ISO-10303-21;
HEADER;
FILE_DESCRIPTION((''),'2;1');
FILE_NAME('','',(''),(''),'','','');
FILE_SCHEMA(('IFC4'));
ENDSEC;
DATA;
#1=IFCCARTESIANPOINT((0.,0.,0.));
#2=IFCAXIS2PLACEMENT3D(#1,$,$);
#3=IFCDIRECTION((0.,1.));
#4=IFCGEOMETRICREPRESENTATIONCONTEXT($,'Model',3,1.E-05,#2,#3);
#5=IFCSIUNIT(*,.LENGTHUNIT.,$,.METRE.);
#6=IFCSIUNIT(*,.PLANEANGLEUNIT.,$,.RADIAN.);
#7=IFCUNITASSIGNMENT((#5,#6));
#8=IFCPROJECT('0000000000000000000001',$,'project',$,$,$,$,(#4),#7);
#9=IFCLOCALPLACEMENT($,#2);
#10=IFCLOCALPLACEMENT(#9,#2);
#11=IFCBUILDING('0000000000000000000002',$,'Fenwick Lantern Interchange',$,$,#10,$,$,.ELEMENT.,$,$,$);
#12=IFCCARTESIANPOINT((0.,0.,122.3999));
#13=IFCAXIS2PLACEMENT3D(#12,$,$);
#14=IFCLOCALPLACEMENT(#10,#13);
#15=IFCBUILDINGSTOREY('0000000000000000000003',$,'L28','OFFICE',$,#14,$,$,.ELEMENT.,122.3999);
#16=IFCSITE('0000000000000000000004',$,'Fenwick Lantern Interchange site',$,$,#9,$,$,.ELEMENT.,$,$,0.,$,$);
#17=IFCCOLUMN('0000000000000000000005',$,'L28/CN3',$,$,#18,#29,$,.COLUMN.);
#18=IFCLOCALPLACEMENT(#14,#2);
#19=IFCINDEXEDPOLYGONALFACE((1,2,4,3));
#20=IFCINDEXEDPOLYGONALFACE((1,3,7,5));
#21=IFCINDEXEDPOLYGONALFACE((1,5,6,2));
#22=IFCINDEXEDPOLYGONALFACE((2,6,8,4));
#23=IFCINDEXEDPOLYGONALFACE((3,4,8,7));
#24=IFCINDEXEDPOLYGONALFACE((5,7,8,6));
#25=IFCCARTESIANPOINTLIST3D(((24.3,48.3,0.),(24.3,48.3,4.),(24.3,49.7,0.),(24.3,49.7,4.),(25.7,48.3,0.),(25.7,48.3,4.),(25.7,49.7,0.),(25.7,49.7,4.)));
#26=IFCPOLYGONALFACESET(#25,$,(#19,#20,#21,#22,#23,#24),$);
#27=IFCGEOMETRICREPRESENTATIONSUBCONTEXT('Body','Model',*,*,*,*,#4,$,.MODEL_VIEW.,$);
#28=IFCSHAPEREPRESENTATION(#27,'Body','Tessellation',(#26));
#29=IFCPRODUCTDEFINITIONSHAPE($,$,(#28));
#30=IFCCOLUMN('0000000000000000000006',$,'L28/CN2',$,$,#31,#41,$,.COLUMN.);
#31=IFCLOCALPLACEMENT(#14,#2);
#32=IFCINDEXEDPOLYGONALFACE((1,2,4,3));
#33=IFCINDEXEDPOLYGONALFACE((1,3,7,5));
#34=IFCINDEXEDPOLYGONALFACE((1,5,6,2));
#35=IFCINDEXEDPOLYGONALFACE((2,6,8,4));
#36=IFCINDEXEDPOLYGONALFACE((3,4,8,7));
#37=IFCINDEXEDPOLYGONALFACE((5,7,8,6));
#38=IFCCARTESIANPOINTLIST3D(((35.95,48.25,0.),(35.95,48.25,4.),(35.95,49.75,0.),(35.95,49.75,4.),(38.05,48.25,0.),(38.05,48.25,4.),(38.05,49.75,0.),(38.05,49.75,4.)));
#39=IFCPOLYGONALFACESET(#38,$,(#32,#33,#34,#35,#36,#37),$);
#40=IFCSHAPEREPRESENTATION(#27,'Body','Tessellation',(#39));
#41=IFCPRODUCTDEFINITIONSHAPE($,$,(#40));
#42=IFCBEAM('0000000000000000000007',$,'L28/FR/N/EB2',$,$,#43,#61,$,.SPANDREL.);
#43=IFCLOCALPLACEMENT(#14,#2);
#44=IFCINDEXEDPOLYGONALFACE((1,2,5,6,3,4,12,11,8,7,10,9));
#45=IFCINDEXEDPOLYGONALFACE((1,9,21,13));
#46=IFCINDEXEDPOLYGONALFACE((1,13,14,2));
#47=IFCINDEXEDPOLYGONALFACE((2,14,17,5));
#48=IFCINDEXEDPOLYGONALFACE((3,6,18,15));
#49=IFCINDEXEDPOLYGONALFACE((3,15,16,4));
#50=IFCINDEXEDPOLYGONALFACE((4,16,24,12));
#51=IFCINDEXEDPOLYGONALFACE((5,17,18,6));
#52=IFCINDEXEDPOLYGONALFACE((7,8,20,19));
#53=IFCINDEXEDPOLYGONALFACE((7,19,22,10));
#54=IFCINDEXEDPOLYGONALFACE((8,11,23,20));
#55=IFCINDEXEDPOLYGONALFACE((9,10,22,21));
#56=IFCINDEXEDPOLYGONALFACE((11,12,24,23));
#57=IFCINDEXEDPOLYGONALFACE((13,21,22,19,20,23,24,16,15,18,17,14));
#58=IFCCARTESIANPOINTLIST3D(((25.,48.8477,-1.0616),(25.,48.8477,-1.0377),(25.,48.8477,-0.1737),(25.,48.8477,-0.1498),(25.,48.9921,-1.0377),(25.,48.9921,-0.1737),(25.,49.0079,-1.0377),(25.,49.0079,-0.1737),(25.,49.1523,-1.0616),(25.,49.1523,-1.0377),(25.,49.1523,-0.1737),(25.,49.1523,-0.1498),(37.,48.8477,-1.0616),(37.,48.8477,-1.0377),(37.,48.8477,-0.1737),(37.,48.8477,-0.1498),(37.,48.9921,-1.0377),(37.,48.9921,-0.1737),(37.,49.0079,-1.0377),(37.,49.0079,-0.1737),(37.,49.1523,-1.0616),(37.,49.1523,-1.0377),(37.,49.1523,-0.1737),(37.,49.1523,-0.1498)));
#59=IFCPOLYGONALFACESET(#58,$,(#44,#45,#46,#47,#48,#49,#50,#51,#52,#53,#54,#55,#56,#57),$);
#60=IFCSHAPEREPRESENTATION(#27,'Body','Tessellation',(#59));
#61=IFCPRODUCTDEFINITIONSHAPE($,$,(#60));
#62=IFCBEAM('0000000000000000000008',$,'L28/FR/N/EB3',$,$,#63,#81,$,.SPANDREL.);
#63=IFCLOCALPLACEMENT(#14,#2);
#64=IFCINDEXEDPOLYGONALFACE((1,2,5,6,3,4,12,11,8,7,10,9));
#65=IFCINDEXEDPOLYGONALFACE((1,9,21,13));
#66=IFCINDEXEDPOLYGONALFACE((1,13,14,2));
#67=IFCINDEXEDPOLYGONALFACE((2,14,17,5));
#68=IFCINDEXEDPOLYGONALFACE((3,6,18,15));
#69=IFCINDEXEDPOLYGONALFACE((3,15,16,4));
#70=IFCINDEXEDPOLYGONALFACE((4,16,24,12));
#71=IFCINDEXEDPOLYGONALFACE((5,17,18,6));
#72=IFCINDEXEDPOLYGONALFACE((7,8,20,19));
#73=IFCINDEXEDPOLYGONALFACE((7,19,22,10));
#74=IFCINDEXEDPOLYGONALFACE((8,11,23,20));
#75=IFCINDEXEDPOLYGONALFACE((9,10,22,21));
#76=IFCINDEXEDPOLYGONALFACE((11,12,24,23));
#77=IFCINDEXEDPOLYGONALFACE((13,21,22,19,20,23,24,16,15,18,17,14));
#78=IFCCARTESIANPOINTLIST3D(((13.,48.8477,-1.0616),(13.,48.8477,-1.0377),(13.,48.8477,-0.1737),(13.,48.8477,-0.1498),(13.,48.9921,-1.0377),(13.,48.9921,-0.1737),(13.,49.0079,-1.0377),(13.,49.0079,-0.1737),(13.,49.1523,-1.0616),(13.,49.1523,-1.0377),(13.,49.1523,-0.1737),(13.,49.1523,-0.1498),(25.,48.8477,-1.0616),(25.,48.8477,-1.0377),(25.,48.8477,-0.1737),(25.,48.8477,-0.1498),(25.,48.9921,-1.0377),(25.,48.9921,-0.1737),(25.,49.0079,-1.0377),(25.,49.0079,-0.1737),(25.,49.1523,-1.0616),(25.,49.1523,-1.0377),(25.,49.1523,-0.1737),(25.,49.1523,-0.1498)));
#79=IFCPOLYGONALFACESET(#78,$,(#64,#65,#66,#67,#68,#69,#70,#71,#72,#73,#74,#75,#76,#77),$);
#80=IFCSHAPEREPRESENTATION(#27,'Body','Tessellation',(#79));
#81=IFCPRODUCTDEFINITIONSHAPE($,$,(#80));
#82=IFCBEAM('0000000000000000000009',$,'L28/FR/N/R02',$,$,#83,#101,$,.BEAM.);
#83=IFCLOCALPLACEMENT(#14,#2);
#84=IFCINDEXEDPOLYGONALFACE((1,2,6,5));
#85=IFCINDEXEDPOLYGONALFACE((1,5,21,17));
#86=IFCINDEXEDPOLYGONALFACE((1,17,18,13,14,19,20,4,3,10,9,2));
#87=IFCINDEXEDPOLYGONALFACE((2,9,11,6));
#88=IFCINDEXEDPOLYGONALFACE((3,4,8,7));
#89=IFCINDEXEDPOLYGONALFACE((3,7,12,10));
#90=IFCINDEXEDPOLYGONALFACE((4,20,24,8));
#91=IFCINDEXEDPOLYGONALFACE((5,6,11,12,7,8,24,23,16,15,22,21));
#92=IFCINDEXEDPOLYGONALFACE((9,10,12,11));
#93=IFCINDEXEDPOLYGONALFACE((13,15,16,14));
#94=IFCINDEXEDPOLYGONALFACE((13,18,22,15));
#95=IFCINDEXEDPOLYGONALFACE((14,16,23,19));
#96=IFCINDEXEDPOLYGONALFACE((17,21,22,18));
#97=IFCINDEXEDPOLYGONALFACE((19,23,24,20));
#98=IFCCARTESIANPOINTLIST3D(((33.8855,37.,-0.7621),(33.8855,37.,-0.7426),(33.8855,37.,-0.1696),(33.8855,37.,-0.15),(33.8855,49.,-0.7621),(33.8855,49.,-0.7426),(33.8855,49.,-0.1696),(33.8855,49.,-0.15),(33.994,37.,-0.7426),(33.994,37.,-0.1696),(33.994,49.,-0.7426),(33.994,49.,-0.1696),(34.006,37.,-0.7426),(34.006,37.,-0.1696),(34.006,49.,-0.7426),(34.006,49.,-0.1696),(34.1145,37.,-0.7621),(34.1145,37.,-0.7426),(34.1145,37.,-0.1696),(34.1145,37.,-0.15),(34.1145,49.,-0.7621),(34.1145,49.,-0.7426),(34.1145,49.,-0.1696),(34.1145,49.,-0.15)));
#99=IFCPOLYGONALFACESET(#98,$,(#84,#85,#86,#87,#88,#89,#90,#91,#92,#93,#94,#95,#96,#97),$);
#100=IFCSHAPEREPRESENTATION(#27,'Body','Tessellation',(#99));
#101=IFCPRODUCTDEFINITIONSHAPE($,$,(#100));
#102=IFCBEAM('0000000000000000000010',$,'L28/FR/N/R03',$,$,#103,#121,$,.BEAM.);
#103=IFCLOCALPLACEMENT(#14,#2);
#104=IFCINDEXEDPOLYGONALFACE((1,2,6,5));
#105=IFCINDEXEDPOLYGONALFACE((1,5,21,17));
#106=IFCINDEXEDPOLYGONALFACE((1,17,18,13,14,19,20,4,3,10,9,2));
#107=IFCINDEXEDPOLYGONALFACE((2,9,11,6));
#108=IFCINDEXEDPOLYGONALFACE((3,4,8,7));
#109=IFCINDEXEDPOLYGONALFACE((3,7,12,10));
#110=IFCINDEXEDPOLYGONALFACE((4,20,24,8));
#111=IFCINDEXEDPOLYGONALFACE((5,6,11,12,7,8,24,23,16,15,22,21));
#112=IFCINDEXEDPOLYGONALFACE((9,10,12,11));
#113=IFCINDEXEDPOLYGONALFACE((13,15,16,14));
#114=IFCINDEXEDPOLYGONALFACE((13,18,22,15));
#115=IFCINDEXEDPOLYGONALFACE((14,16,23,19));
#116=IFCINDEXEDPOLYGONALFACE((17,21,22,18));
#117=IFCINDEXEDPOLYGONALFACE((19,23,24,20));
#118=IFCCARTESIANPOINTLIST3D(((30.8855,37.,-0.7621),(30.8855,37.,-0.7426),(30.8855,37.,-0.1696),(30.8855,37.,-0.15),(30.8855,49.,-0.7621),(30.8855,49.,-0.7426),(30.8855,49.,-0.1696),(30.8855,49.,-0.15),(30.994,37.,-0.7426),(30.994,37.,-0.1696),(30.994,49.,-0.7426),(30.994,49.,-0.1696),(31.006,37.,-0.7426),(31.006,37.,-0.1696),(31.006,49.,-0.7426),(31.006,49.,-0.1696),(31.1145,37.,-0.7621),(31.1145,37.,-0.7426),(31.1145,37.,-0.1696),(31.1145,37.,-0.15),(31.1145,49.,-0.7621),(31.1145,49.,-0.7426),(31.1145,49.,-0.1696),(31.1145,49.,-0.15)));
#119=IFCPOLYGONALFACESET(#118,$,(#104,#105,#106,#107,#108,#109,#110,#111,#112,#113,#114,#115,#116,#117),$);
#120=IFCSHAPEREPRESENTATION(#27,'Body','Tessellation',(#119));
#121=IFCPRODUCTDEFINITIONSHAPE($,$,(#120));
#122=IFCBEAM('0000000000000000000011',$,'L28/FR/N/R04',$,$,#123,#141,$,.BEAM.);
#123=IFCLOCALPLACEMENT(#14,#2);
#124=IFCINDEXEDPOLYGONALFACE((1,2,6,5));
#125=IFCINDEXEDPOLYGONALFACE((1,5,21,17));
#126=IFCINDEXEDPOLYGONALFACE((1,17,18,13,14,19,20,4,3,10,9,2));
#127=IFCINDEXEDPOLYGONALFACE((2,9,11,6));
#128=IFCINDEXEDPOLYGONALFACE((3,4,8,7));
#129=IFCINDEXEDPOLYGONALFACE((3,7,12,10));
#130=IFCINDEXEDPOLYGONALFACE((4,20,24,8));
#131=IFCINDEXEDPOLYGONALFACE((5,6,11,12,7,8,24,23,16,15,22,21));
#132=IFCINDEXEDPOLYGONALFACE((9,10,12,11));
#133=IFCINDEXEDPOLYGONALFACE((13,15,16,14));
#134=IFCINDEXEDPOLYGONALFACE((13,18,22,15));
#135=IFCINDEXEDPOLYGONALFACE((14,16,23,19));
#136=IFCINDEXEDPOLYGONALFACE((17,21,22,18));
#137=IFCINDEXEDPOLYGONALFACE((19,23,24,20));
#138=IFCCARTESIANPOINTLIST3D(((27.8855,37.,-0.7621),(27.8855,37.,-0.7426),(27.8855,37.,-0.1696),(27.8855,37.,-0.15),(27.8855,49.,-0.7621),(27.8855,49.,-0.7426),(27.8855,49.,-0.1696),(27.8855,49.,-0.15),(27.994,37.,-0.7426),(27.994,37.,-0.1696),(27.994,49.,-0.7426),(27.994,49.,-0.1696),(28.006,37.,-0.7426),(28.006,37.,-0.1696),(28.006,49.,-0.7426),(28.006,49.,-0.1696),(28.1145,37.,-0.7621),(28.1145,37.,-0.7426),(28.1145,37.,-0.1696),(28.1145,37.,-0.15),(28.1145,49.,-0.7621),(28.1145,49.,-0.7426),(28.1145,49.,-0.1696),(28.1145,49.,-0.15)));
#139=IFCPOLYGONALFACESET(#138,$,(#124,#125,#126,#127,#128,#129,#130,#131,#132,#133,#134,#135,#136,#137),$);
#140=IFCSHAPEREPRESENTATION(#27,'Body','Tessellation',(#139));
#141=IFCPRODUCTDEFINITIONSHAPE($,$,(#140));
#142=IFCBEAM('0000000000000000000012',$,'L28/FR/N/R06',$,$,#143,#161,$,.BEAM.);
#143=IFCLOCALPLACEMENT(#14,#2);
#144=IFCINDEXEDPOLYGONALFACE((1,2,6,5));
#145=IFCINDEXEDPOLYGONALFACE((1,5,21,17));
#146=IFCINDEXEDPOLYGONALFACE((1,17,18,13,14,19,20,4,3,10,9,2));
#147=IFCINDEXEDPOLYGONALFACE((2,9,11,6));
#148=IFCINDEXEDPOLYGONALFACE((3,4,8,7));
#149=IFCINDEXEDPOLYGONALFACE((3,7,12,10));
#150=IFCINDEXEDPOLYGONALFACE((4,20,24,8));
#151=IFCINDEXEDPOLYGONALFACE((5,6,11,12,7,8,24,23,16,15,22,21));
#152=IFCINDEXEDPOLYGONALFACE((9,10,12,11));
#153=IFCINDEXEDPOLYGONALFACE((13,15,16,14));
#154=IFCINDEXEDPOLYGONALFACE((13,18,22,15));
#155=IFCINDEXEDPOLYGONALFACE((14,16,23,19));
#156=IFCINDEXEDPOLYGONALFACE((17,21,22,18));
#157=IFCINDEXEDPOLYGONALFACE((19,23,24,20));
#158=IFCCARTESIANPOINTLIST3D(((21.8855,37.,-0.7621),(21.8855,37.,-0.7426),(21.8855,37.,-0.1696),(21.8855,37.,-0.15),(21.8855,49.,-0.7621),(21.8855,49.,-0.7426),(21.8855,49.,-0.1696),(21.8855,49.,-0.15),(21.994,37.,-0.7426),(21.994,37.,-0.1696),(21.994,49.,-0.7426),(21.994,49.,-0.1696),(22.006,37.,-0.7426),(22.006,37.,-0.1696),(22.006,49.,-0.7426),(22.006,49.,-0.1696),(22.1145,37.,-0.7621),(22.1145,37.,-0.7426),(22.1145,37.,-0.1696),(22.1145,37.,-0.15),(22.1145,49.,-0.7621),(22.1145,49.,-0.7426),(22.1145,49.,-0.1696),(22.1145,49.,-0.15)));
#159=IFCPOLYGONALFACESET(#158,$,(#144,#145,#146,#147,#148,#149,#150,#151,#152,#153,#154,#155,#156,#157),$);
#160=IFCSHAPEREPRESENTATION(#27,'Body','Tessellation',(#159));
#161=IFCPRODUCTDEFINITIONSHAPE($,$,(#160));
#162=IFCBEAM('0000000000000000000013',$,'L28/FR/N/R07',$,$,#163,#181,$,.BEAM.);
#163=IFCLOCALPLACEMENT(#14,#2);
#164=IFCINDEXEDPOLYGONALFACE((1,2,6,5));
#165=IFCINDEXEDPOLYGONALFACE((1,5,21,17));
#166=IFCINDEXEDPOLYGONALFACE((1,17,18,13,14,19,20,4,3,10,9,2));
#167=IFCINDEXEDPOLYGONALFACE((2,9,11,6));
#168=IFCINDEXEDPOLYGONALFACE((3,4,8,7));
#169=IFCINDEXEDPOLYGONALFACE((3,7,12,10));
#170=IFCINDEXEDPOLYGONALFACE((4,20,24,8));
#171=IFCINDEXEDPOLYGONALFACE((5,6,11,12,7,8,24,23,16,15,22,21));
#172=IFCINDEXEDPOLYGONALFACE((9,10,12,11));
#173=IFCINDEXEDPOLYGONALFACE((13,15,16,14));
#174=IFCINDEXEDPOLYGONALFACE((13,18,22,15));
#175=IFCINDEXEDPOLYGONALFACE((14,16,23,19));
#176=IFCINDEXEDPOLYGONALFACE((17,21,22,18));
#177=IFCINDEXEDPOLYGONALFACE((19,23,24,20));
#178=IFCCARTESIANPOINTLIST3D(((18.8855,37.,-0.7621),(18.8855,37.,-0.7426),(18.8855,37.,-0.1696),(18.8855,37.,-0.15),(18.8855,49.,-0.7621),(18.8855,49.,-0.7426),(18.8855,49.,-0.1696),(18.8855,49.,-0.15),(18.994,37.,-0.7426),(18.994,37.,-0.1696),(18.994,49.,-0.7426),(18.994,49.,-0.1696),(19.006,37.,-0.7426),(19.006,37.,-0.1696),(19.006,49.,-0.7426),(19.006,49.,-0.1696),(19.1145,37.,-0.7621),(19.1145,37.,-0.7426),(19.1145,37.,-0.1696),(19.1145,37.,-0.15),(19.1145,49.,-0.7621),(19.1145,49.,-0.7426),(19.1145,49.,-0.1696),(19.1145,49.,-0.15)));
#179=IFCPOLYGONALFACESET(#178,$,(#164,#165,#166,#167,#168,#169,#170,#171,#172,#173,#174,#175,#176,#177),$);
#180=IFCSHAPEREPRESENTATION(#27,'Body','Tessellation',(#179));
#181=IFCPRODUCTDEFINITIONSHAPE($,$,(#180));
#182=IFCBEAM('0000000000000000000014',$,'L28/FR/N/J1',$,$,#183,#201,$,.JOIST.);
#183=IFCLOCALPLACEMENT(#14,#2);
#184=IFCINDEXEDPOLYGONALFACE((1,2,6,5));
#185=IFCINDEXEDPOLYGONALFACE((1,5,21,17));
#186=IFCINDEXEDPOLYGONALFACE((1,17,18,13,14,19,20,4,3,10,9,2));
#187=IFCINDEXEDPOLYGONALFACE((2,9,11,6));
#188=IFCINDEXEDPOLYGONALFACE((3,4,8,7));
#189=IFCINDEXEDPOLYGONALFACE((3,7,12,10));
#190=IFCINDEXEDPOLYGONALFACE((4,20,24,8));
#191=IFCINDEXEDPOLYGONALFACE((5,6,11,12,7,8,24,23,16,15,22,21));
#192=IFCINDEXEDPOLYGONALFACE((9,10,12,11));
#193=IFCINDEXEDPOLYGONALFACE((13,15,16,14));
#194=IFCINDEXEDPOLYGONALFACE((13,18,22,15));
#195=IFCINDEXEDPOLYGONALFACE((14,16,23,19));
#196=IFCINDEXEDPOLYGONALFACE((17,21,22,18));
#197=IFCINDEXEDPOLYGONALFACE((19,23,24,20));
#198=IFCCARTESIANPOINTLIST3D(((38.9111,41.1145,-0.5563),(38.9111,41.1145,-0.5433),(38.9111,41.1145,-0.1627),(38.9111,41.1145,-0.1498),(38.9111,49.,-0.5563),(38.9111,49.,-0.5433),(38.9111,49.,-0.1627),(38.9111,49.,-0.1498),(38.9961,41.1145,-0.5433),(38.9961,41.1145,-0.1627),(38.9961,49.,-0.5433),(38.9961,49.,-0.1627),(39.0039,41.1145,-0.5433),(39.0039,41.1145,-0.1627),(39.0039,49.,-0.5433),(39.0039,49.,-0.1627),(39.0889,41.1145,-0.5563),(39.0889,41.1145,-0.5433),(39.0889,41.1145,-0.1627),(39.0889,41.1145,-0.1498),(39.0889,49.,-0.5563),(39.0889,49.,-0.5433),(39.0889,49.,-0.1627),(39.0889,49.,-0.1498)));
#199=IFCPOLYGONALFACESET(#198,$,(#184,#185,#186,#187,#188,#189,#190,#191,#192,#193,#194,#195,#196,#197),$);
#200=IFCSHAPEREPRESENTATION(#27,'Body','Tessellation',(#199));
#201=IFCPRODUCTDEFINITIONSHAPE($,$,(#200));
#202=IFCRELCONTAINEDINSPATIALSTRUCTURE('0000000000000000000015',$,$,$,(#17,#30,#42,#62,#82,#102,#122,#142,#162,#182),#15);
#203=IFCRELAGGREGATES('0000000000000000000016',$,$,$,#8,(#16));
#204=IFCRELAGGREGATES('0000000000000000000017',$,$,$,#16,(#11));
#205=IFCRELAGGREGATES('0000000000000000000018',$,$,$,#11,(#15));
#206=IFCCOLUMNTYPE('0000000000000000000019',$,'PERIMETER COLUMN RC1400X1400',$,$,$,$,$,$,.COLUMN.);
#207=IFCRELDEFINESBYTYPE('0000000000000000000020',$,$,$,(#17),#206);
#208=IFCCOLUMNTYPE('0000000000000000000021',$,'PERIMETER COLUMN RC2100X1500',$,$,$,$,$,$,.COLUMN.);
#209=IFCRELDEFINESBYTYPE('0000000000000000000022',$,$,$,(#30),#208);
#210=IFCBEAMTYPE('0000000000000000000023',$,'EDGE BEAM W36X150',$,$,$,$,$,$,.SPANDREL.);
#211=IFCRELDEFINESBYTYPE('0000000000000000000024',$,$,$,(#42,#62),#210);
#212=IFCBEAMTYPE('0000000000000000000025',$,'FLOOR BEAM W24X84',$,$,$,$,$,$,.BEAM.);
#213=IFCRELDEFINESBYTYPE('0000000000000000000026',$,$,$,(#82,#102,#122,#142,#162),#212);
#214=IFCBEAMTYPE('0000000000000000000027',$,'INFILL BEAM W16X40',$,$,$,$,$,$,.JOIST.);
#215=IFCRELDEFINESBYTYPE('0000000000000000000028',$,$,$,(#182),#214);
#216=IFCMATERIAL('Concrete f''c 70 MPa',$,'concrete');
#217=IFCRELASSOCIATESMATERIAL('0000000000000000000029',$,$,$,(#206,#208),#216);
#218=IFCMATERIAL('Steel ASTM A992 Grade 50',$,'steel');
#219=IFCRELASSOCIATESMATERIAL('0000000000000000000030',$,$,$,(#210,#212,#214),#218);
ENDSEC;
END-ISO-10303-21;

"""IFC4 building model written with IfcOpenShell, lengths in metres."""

from ifc_helpers import new_model, si_unit, direction, frame, origin, origin_2d, place, context, subcontext, project, spatial, rectangle, i_section, extrude, material, material_profile, profile_set, type_object, element, save


model = new_model("IFC4")

# Units and contexts
model_context = context("Model", 3, precision=1e-05, world=origin(), true_north=direction((0.0, 1.0)))
body_context = subcontext(model_context, "Body", "Model", "MODEL_VIEW")
ifc_project = project(units=[si_unit("LENGTHUNIT", "METRE"), si_unit("PLANEANGLEUNIT", "RADIAN")], contexts=[model_context])

# Site, building, storey
site_placement = place(None, origin())
site = spatial("IfcSite", under=ifc_project, at=site_placement, Name="Fenwick Lantern Interchange site", CompositionType="ELEMENT", RefElevation=0.0)
building_placement = place(site_placement, origin())
building = spatial("IfcBuilding", under=site, at=building_placement, Name="Fenwick Lantern Interchange", CompositionType="ELEMENT")
storey_placement = place(building_placement, frame((0.0, 0.0, 122.3999)))
storey = spatial("IfcBuildingStorey", under=building, at=storey_placement, Name="L28", Description="OFFICE", CompositionType="ELEMENT", Elevation=122.3999)

# Columns
ifc_material_1 = material(Name="Concrete f'c 70 MPa", Category="concrete")
ifc_material_profile_1 = material_profile(ifc_material_1, rectangle(XDim=1.3999, YDim=1.3999, at=origin_2d()), Name="RC1400X1400")
ifc_profile_set_1 = profile_set([ifc_material_profile_1], Name="Concrete f'c 70 MPa")
column_type_1 = type_object("IfcColumnType", Name="PERIMETER COLUMN RC1400X1400", PredefinedType="COLUMN", material=ifc_profile_set_1)
column_1_placement = place(storey_placement, frame((25.0, 49.0, 0.0), z_axis=(0.0, 0.0, 1.0), x_axis=(1.0, 0.0, 0.0)))
element("IfcColumn", 1, at=column_1_placement, inside=storey, type_object=column_type_1, Name="L28/CN3", PredefinedType="COLUMN", context=body_context, shape_type="SweptSolid", body=[
    extrude(rectangle(XDim=1.3999, YDim=1.3999, at=origin_2d()), origin(), (0.0, 0.0, 1.0), 4.0),
])
ifc_material_profile_2 = material_profile(ifc_material_1, rectangle(XDim=2.1001, YDim=1.5, at=origin_2d()), Name="RC2100X1500")
ifc_profile_set_2 = profile_set([ifc_material_profile_2], Name="Concrete f'c 70 MPa")
column_type_2 = type_object("IfcColumnType", Name="PERIMETER COLUMN RC2100X1500", PredefinedType="COLUMN", material=ifc_profile_set_2)
column_2_placement = place(storey_placement, frame((37.0, 49.0, 0.0), z_axis=(0.0, 0.0, 1.0), x_axis=(1.0, 0.0, 0.0)))
element("IfcColumn", 2, at=column_2_placement, inside=storey, type_object=column_type_2, Name="L28/CN2", PredefinedType="COLUMN", context=body_context, shape_type="SweptSolid", body=[
    extrude(rectangle(XDim=2.1001, YDim=1.5, at=origin_2d()), origin(), (0.0, 0.0, 1.0), 4.0),
])

# Beams
ifc_material_2 = material(Name="Steel ASTM A992 Grade 50", Category="steel")
ifc_material_profile_3 = material_profile(ifc_material_2, i_section(OverallWidth=0.3047, OverallDepth=0.9119, WebThickness=0.0159, FlangeThickness=0.0239, at=origin_2d()), Name="W36X150")
ifc_profile_set_3 = profile_set([ifc_material_profile_3], Name="Steel ASTM A992 Grade 50")
beam_type_1 = type_object("IfcBeamType", Name="EDGE BEAM W36X150", PredefinedType="SPANDREL", material=ifc_profile_set_3)
for number, where, z_axis, x_axis, name in (
    (3, (37.0, 49.0, -0.6057), (-1.0, 0.0, 0.0), (0.0, -1.0, 0.0), "L28/FR/N/EB2"),
    (4, (25.0, 49.0, -0.6057), (-1.0, 0.0, 0.0), (0.0, -1.0, 0.0), "L28/FR/N/EB3"),
):
    element("IfcBeam", number, at=place(storey_placement, frame(where, z_axis=z_axis, x_axis=x_axis)), inside=storey, type_object=beam_type_1, Name=name, PredefinedType="SPANDREL", context=body_context, shape_type="SweptSolid", body=[
        extrude(i_section(OverallWidth=0.3047, OverallDepth=0.9119, WebThickness=0.0159, FlangeThickness=0.0239, at=origin_2d()), origin(), (0.0, 0.0, 1.0), 12.0),
    ])
ifc_material_profile_4 = material_profile(ifc_material_2, i_section(OverallWidth=0.229, OverallDepth=0.6121, WebThickness=0.012, FlangeThickness=0.0195, at=origin_2d()), Name="W24X84")
ifc_profile_set_4 = profile_set([ifc_material_profile_4], Name="Steel ASTM A992 Grade 50")
beam_type_2 = type_object("IfcBeamType", Name="FLOOR BEAM W24X84", PredefinedType="BEAM", material=ifc_profile_set_4)
for number, where, z_axis, x_axis, name in (
    (5, (34.0, 49.0, -0.4561), (0.0, -1.0, 0.0), (1.0, 0.0, 0.0), "L28/FR/N/R02"),
    (6, (31.0, 49.0, -0.4561), (0.0, -1.0, 0.0), (1.0, 0.0, 0.0), "L28/FR/N/R03"),
    (7, (28.0, 49.0, -0.4561), (0.0, -1.0, 0.0), (1.0, 0.0, 0.0), "L28/FR/N/R04"),
    (8, (22.0, 49.0, -0.4561), (0.0, -1.0, 0.0), (1.0, 0.0, 0.0), "L28/FR/N/R06"),
    (9, (19.0, 49.0, -0.4561), (0.0, -1.0, 0.0), (1.0, 0.0, 0.0), "L28/FR/N/R07"),
):
    element("IfcBeam", number, at=place(storey_placement, frame(where, z_axis=z_axis, x_axis=x_axis)), inside=storey, type_object=beam_type_2, Name=name, PredefinedType="BEAM", context=body_context, shape_type="SweptSolid", body=[
        extrude(i_section(OverallWidth=0.229, OverallDepth=0.6121, WebThickness=0.012, FlangeThickness=0.0195, at=origin_2d()), origin(), (0.0, 0.0, 1.0), 12.0),
    ])
ifc_material_profile_5 = material_profile(ifc_material_2, i_section(OverallWidth=0.1777, OverallDepth=0.4065, WebThickness=0.0078, FlangeThickness=0.0129, at=origin_2d()), Name="W16X40")
ifc_profile_set_5 = profile_set([ifc_material_profile_5], Name="Steel ASTM A992 Grade 50")
beam_type_3 = type_object("IfcBeamType", Name="INFILL BEAM W16X40", PredefinedType="JOIST", material=ifc_profile_set_5)
beam_placement = place(storey_placement, frame((39.0, 49.0, -0.353), z_axis=(0.0, -1.0, 0.0), x_axis=(1.0, 0.0, 0.0)))
element("IfcBeam", 10, at=beam_placement, inside=storey, type_object=beam_type_3, Name="L28/FR/N/J1", PredefinedType="JOIST", context=body_context, shape_type="SweptSolid", body=[
    extrude(i_section(OverallWidth=0.1777, OverallDepth=0.4065, WebThickness=0.0078, FlangeThickness=0.0129, at=origin_2d()), origin(), (0.0, 0.0, 1.0), 7.8855),
])

save(model, "model.ifc")
